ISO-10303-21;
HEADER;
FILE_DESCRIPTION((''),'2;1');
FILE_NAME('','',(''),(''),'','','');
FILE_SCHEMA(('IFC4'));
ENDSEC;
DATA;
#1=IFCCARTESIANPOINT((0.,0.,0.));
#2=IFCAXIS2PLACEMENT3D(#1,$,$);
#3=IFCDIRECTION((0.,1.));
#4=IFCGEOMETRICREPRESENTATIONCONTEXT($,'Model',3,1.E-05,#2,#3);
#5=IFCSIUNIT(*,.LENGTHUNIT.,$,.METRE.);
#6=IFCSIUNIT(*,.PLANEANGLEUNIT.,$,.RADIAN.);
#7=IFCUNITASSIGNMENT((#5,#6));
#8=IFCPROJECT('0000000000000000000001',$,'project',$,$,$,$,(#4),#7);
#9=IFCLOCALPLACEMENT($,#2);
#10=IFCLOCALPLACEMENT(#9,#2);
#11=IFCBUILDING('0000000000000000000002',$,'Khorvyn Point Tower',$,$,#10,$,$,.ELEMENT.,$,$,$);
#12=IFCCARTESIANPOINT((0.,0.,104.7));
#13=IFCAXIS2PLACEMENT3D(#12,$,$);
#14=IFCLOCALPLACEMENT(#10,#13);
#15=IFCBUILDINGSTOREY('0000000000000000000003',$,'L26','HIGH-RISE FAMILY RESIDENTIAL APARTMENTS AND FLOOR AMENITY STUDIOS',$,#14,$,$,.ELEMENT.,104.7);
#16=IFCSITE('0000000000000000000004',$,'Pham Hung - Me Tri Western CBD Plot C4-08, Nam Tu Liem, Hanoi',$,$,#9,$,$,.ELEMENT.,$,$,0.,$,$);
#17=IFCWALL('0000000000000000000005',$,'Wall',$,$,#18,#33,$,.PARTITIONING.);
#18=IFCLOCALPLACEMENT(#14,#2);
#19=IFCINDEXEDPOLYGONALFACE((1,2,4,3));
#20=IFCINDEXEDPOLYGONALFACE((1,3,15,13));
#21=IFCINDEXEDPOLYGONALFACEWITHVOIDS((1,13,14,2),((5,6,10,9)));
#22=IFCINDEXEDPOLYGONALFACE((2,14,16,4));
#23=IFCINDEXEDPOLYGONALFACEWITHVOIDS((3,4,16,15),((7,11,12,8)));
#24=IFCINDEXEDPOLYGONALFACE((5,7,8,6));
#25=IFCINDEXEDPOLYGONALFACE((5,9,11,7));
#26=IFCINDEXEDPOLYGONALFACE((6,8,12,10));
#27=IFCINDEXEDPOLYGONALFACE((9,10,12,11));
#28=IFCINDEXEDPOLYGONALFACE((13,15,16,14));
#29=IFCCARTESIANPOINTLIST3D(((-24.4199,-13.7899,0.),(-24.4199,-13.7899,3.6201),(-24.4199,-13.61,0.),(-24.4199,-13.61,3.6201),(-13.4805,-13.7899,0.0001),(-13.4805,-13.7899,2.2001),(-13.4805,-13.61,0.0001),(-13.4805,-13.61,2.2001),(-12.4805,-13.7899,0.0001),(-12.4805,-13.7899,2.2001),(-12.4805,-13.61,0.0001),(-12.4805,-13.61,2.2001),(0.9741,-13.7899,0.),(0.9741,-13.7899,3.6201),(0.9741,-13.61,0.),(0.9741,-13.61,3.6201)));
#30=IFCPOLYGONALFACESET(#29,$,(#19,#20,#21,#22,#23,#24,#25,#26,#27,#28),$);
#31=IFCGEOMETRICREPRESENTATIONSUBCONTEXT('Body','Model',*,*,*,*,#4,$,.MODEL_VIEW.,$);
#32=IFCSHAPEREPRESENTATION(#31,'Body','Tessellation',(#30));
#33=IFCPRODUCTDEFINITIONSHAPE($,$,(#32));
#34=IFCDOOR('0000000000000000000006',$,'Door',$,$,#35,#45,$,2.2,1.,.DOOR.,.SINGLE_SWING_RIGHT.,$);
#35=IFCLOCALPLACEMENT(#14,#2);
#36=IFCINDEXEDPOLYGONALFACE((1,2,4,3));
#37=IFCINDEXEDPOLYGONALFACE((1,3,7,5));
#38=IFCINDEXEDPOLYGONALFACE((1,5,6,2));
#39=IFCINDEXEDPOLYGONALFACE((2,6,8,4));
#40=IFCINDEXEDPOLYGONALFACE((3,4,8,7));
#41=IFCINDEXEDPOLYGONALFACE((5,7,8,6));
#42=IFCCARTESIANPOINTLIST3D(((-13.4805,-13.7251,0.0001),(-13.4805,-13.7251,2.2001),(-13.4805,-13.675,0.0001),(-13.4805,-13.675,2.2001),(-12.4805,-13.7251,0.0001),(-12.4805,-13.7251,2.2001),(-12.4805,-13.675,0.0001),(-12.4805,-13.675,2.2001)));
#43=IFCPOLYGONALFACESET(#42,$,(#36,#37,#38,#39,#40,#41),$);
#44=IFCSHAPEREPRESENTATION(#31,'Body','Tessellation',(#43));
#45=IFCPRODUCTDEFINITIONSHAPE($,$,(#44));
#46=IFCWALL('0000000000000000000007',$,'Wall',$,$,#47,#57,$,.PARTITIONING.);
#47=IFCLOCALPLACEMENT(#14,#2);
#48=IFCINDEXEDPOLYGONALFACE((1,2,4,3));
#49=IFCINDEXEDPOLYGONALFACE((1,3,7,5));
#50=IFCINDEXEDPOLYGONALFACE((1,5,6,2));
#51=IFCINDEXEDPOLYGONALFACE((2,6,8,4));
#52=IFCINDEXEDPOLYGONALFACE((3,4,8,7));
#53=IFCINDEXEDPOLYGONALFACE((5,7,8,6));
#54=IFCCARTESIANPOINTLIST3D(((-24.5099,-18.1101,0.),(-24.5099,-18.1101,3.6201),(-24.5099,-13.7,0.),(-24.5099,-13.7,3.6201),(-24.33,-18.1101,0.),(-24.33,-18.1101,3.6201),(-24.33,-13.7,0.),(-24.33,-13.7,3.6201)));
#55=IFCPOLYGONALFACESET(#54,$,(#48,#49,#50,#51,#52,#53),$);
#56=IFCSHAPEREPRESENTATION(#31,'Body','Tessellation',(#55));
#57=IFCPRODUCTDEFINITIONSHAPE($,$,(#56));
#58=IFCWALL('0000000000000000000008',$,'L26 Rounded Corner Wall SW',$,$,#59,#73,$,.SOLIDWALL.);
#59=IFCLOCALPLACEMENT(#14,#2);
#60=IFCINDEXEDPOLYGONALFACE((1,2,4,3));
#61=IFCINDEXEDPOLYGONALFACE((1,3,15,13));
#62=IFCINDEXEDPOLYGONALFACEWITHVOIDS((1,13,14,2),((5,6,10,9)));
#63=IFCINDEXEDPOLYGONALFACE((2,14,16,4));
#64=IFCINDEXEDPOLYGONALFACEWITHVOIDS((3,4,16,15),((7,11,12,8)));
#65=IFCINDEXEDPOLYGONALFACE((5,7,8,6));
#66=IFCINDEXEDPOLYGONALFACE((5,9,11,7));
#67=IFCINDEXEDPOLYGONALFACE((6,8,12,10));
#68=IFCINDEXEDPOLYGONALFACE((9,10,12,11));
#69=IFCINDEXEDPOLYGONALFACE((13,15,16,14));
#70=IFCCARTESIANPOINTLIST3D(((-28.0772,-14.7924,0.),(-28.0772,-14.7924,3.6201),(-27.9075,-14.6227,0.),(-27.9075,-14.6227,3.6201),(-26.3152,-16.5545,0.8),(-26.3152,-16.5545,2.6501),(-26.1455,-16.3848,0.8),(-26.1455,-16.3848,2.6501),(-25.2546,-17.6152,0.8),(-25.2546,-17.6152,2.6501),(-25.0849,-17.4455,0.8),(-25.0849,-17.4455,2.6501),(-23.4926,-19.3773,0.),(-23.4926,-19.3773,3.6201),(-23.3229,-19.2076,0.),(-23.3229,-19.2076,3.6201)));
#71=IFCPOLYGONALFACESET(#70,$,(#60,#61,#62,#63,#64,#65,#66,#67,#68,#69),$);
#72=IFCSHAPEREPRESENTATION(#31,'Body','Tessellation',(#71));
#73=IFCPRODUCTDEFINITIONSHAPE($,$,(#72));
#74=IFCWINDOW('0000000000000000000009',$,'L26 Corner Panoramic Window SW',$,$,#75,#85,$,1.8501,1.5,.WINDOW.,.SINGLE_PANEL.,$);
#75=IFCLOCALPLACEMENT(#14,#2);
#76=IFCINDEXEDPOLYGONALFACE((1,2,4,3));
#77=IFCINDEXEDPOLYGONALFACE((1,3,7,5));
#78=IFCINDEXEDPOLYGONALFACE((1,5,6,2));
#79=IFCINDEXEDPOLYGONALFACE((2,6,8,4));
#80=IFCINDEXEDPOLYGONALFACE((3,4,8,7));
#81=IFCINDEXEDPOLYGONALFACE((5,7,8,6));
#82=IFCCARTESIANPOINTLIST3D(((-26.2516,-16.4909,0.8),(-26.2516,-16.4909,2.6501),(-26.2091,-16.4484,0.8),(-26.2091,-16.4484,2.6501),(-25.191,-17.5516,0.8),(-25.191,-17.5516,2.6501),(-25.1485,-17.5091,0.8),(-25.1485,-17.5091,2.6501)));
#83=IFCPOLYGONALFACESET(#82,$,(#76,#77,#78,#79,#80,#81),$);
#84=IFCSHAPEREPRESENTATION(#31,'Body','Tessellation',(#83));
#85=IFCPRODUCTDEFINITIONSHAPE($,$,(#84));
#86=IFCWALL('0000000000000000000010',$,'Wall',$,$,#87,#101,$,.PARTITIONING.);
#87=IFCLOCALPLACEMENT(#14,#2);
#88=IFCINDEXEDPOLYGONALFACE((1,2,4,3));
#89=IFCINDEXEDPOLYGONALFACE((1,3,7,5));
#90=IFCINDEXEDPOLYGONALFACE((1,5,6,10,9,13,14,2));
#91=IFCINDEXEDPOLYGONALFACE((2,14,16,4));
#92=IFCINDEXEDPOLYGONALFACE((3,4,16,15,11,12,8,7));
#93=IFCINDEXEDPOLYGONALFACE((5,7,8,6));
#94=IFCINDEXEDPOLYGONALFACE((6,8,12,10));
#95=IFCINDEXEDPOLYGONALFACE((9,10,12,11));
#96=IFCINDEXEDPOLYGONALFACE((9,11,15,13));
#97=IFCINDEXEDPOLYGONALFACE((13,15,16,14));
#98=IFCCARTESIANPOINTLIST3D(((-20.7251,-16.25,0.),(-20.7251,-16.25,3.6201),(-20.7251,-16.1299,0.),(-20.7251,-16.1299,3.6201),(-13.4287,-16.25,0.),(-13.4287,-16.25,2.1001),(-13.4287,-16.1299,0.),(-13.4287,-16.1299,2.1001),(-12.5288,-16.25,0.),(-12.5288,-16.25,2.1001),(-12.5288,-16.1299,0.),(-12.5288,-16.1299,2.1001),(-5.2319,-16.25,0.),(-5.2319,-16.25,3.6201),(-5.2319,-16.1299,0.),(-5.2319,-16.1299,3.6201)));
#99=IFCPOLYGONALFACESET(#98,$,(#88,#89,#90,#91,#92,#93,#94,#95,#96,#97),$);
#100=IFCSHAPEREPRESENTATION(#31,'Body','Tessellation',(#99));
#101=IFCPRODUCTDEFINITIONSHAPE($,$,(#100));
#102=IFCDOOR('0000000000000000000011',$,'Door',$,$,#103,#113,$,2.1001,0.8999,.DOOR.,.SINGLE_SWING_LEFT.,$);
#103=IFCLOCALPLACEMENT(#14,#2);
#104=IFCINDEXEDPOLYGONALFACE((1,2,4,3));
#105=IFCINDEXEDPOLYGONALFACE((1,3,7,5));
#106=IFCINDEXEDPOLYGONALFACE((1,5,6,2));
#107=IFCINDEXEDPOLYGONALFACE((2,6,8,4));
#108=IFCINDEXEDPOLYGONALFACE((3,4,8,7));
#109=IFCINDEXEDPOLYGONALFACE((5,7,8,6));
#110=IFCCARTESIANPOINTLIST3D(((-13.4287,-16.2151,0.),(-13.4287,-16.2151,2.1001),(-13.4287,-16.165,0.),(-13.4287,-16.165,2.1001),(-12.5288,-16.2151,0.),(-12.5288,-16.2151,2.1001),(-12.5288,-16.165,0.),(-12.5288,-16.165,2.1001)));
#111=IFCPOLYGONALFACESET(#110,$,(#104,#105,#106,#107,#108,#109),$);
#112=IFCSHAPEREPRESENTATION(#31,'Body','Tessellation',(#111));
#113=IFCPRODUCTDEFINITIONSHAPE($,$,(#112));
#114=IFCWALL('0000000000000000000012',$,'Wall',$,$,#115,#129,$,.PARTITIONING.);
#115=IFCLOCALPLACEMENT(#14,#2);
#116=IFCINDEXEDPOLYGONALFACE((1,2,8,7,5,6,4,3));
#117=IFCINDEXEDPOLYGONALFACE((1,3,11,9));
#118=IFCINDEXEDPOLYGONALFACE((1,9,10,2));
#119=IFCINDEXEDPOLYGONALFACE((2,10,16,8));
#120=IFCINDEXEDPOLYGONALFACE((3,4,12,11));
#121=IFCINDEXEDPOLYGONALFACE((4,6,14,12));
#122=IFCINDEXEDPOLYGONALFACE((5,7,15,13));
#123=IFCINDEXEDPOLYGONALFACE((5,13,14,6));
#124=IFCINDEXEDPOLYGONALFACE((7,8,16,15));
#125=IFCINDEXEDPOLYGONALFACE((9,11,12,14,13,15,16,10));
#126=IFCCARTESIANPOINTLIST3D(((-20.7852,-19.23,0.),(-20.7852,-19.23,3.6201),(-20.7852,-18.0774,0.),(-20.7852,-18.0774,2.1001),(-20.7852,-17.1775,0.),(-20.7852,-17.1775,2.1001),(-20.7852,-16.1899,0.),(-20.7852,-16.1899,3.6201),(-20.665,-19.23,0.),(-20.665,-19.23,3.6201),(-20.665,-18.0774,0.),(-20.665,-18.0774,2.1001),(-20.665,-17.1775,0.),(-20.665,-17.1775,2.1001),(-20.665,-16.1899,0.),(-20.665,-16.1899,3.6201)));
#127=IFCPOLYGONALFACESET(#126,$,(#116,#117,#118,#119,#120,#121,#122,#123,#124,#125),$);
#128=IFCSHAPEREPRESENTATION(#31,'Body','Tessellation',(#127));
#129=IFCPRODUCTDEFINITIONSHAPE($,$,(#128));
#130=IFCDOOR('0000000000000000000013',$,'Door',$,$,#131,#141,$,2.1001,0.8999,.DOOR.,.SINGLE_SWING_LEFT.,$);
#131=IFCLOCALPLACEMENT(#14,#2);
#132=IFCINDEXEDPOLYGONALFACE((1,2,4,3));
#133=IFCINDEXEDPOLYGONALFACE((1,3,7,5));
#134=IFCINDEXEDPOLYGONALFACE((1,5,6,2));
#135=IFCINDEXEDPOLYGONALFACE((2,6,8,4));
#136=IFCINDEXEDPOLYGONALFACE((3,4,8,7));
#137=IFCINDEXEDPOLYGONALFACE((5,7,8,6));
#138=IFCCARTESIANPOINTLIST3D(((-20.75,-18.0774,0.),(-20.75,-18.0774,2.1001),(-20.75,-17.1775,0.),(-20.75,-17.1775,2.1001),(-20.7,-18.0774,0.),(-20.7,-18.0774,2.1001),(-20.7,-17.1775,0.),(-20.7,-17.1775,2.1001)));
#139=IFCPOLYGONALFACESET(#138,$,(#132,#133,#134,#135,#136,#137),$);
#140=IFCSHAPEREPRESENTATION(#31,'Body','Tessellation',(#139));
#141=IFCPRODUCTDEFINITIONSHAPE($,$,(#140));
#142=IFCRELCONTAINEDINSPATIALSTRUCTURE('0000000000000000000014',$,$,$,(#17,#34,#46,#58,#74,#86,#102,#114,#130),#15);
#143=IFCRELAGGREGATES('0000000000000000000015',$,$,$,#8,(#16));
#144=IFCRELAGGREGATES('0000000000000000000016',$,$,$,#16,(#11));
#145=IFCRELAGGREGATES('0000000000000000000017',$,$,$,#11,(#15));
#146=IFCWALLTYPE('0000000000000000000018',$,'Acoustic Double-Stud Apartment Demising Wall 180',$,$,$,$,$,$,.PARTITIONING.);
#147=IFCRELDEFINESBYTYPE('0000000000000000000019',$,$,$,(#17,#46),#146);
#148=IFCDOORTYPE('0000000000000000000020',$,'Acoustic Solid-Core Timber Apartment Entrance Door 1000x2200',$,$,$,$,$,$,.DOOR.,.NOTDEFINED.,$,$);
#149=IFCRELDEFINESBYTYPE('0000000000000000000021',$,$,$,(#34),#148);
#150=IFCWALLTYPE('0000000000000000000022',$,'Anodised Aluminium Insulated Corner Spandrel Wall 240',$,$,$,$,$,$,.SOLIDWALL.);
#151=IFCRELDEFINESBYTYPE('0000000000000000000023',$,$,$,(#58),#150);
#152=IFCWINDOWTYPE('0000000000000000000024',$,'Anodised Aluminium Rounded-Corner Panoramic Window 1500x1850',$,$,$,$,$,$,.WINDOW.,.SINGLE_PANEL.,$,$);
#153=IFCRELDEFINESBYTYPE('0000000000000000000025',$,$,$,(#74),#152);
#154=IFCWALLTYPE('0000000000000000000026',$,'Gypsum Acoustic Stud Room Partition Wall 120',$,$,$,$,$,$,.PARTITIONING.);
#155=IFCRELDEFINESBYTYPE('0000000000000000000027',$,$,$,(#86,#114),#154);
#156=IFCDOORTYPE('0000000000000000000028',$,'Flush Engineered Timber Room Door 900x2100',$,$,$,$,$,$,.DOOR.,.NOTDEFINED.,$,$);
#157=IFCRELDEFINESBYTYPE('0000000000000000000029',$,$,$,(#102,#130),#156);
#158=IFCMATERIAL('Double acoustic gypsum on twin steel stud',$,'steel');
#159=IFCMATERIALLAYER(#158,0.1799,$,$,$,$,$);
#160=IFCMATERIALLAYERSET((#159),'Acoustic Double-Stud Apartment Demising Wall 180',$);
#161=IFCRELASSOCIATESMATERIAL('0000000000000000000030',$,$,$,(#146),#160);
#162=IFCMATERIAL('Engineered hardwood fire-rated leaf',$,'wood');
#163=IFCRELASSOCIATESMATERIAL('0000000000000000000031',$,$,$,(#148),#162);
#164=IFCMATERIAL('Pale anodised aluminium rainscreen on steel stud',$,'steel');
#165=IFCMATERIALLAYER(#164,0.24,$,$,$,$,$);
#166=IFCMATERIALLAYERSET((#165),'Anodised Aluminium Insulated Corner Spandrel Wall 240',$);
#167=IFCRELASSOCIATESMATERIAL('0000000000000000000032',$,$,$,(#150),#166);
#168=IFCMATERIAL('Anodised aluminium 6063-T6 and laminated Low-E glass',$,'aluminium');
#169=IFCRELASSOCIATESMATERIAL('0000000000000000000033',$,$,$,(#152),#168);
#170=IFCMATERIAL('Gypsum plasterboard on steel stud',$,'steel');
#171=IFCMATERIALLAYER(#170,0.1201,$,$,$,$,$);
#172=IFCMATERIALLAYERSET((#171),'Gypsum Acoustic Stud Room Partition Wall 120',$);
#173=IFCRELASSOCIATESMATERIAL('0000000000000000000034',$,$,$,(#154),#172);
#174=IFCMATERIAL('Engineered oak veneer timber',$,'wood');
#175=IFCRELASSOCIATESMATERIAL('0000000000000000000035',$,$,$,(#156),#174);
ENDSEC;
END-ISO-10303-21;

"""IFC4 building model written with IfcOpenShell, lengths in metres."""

from ifc_helpers import new_model, si_unit, direction, frame, frame_2d, origin, place, context, subcontext, project, spatial, rectangle, extrude, material, layer, layer_set, type_object, element, fill, save


model = new_model("IFC4")

# Units and contexts
model_context = context("Model", 3, precision=1e-05, world=origin(), true_north=direction((0.0, 1.0)))
body_context = subcontext(model_context, "Body", "Model", "MODEL_VIEW")
ifc_project = project(units=[si_unit("LENGTHUNIT", "METRE"), si_unit("PLANEANGLEUNIT", "RADIAN")], contexts=[model_context])

# Site, building, storey
site_placement = place(None, origin())
site = spatial("IfcSite", under=ifc_project, at=site_placement, Name="Pham Hung - Me Tri Western CBD Plot C4-08, Nam Tu Liem, Hanoi", CompositionType="ELEMENT", RefElevation=0.0)
building_placement = place(site_placement, origin())
building = spatial("IfcBuilding", under=site, at=building_placement, Name="Khorvyn Point Tower", CompositionType="ELEMENT")
storey_placement = place(building_placement, frame((0.0, 0.0, 104.7)))
storey = spatial("IfcBuildingStorey", under=building, at=storey_placement, Name="L26", Description="HIGH-RISE FAMILY RESIDENTIAL APARTMENTS AND FLOOR AMENITY STUDIOS", CompositionType="ELEMENT", Elevation=104.7)

# Shared definitions
ifc_material_1 = material(Name="Anodised aluminium 6063-T6 and laminated Low-E glass", Category="aluminium")

# Wall, opening, door
ifc_material_2 = material(Name="Double acoustic gypsum on twin steel stud", Category="steel")
ifc_layer_1 = layer(ifc_material_2, 0.1799)
ifc_layer_set_1 = layer_set([ifc_layer_1], Name="Acoustic Double-Stud Apartment Demising Wall 180")
wall_type_1 = type_object("IfcWallType", Name="Acoustic Double-Stud Apartment Demising Wall 180", PredefinedType="PARTITIONING", material=ifc_layer_set_1)
wall_1_placement = place(storey_placement, frame((-24.4199, -13.7, 0.0), z_axis=(0.0, 0.0, 1.0), x_axis=(1.0, 0.0, 0.0)))
wall_1 = element("IfcWall", 1, at=wall_1_placement, inside=storey, type_object=wall_type_1, Name="Wall", PredefinedType="PARTITIONING", context=body_context, shape_type="SweptSolid", body=[
    extrude(rectangle(XDim=25.394, YDim=0.1799, at=frame_2d((12.697, 0.0))), origin(), (0.0, 0.0, 1.0), 3.6201),
])
opening_1_placement = place(wall_1_placement, frame((10.9395, 0.0, 0.0)))
opening_1 = element("IfcOpeningElement", 2, at=opening_1_placement, cuts=wall_1, PredefinedType="OPENING", context=body_context, shape_type="SweptSolid", body=[
    extrude(rectangle(XDim=1.0, YDim=2.2, at=frame_2d((0.5, 1.1001))), frame((0.0, 0.0999, 0.0), z_axis=(0.0, -1.0, 0.0), x_axis=(1.0, 0.0, 0.0)), (0.0, 0.0, 1.0), 0.2),
])
ifc_material_3 = material(Name="Engineered hardwood fire-rated leaf", Category="wood")
door_type_1 = type_object("IfcDoorType", Name="Acoustic Solid-Core Timber Apartment Entrance Door 1000x2200", OperationType="NOTDEFINED", PredefinedType="DOOR", material=ifc_material_3)
door_1_placement = place(opening_1_placement, origin())
door_1 = element("IfcDoor", 3, at=door_1_placement, inside=storey, type_object=door_type_1, Name="Door", OperationType="SINGLE_SWING_RIGHT", OverallHeight=2.2, OverallWidth=1.0, PredefinedType="DOOR", context=body_context, shape_type="SweptSolid", body=[
    extrude(rectangle(XDim=1.0, YDim=2.2, at=frame_2d((0.5, 1.1001))), frame((0.0, 0.0249, 0.0), z_axis=(0.0, -1.0, 0.0), x_axis=(1.0, 0.0, 0.0)), (0.0, 0.0, 1.0), 0.05),
])
fill(opening_1, door_1)

# Wall
wall_2_placement = place(storey_placement, frame((-24.4199, -18.1101, 0.0), z_axis=(0.0, 0.0, 1.0), x_axis=(0.0, 1.0, 0.0)))
element("IfcWall", 4, at=wall_2_placement, inside=storey, type_object=wall_type_1, Name="Wall", PredefinedType="PARTITIONING", context=body_context, shape_type="SweptSolid", body=[
    extrude(rectangle(XDim=4.4102, YDim=0.1799, at=frame_2d((2.2051, 0.0))), origin(), (0.0, 0.0, 1.0), 3.6201),
])

# Wall, opening, window
ifc_material_4 = material(Name="Pale anodised aluminium rainscreen on steel stud", Category="steel")
ifc_layer_2 = layer(ifc_material_4, 0.24)
ifc_layer_set_2 = layer_set([ifc_layer_2], Name="Anodised Aluminium Insulated Corner Spandrel Wall 240")
wall_type_2 = type_object("IfcWallType", Name="Anodised Aluminium Insulated Corner Spandrel Wall 240", PredefinedType="SOLIDWALL", material=ifc_layer_set_2)
wall_3_placement = place(storey_placement, frame((-23.4077, -19.2925, 0.0), z_axis=(0.0, 0.0, 1.0), x_axis=(-0.707088, 0.707126, 0.0)))
wall_3 = element("IfcWall", 5, at=wall_3_placement, inside=storey, type_object=wall_type_2, Name="L26 Rounded Corner Wall SW", PredefinedType="SOLIDWALL", context=body_context, shape_type="SweptSolid", body=[
    extrude(rectangle(XDim=6.4839, YDim=0.24, at=frame_2d((3.2419, 0.0))), origin(), (0.0, 0.0, 1.0), 3.6201),
])
opening_2_placement = place(wall_3_placement, frame((2.4919, 0.0, 0.8)))
opening_2 = element("IfcOpeningElement", 6, at=opening_2_placement, cuts=wall_3, PredefinedType="OPENING", context=body_context, shape_type="SweptSolid", body=[
    extrude(rectangle(XDim=1.5, YDim=1.8501, at=frame_2d((0.75, 0.925))), frame((0.0, 0.1299, 0.0), z_axis=(0.0, -1.0, 0.0), x_axis=(1.0, 0.0, 0.0)), (0.0, 0.0, 1.0), 0.26),
])
window_type = type_object("IfcWindowType", Name="Anodised Aluminium Rounded-Corner Panoramic Window 1500x1850", PartitioningType="SINGLE_PANEL", PredefinedType="WINDOW", material=ifc_material_1)
window_placement = place(opening_2_placement, origin())
window = element("IfcWindow", 7, at=window_placement, inside=storey, type_object=window_type, Name="L26 Corner Panoramic Window SW", OverallHeight=1.8501, OverallWidth=1.5, PartitioningType="SINGLE_PANEL", PredefinedType="WINDOW", context=body_context, shape_type="SweptSolid", body=[
    extrude(rectangle(XDim=1.5, YDim=1.8501, at=frame_2d((0.75, 0.925))), frame((0.0, 0.03, 0.0), z_axis=(0.0, -1.0, 0.0), x_axis=(1.0, 0.0, 0.0)), (0.0, 0.0, 1.0), 0.0601),
])
fill(opening_2, window)

# Walls, openings, doors
ifc_material_5 = material(Name="Gypsum plasterboard on steel stud", Category="steel")
ifc_layer_3 = layer(ifc_material_5, 0.1201)
ifc_layer_set_3 = layer_set([ifc_layer_3], Name="Gypsum Acoustic Stud Room Partition Wall 120")
wall_type_3 = type_object("IfcWallType", Name="Gypsum Acoustic Stud Room Partition Wall 120", PredefinedType="PARTITIONING", material=ifc_layer_set_3)
wall_4_placement = place(storey_placement, frame((-20.7251, -16.1899, 0.0), z_axis=(0.0, 0.0, 1.0), x_axis=(1.0, 0.0, 0.0)))
wall_4 = element("IfcWall", 8, at=wall_4_placement, inside=storey, type_object=wall_type_3, Name="Wall", PredefinedType="PARTITIONING", context=body_context, shape_type="SweptSolid", body=[
    extrude(rectangle(XDim=15.4932, YDim=0.1201, at=frame_2d((7.7466, 0.0))), origin(), (0.0, 0.0, 1.0), 3.6201),
])
opening_3_placement = place(wall_4_placement, frame((7.2964, 0.0, 0.0)))
opening_3 = element("IfcOpeningElement", 9, at=opening_3_placement, cuts=wall_4, PredefinedType="OPENING", context=body_context, shape_type="SweptSolid", body=[
    extrude(rectangle(XDim=0.8999, YDim=2.1001, at=frame_2d((0.45, 1.05))), frame((0.0, 0.0701, 0.0), z_axis=(0.0, -1.0, 0.0), x_axis=(1.0, 0.0, 0.0)), (0.0, 0.0, 1.0), 0.1401),
])
ifc_material_6 = material(Name="Engineered oak veneer timber", Category="wood")
door_type_2 = type_object("IfcDoorType", Name="Flush Engineered Timber Room Door 900x2100", OperationType="NOTDEFINED", PredefinedType="DOOR", material=ifc_material_6)
door_2_placement = place(opening_3_placement, origin())
door_2 = element("IfcDoor", 10, at=door_2_placement, inside=storey, type_object=door_type_2, Name="Door", OperationType="SINGLE_SWING_LEFT", OverallHeight=2.1001, OverallWidth=0.8999, PredefinedType="DOOR", context=body_context, shape_type="SweptSolid", body=[
    extrude(rectangle(XDim=0.8999, YDim=2.1001, at=frame_2d((0.45, 1.05))), frame((0.0, 0.0249, 0.0), z_axis=(0.0, -1.0, 0.0), x_axis=(1.0, 0.0, 0.0)), (0.0, 0.0, 1.0), 0.05),
])
fill(opening_3, door_2)
wall_5_placement = place(storey_placement, frame((-20.7251, -19.23, 0.0), z_axis=(0.0, 0.0, 1.0), x_axis=(0.0, 1.0, 0.0)))
wall_5 = element("IfcWall", 11, at=wall_5_placement, inside=storey, type_object=wall_type_3, Name="Wall", PredefinedType="PARTITIONING", context=body_context, shape_type="SweptSolid", body=[
    extrude(rectangle(XDim=3.04, YDim=0.1201, at=frame_2d((1.52, 0.0))), origin(), (0.0, 0.0, 1.0), 3.6201),
])
opening_4_placement = place(wall_5_placement, frame((1.1526, 0.0, 0.0)))
opening_4 = element("IfcOpeningElement", 12, at=opening_4_placement, cuts=wall_5, PredefinedType="OPENING", context=body_context, shape_type="SweptSolid", body=[
    extrude(rectangle(XDim=0.8999, YDim=2.1001, at=frame_2d((0.45, 1.05))), frame((0.0, 0.0701, 0.0), z_axis=(0.0, -1.0, 0.0), x_axis=(1.0, 0.0, 0.0)), (0.0, 0.0, 1.0), 0.1401),
])
door_3_placement = place(opening_4_placement, origin())
door_3 = element("IfcDoor", 13, at=door_3_placement, inside=storey, type_object=door_type_2, Name="Door", OperationType="SINGLE_SWING_LEFT", OverallHeight=2.1001, OverallWidth=0.8999, PredefinedType="DOOR", context=body_context, shape_type="SweptSolid", body=[
    extrude(rectangle(XDim=0.8999, YDim=2.1001, at=frame_2d((0.45, 1.05))), frame((0.0, 0.0249, 0.0), z_axis=(0.0, -1.0, 0.0), x_axis=(1.0, 0.0, 0.0)), (0.0, 0.0, 1.0), 0.05),
])
fill(opening_4, door_3)

save(model, "model.ifc")
